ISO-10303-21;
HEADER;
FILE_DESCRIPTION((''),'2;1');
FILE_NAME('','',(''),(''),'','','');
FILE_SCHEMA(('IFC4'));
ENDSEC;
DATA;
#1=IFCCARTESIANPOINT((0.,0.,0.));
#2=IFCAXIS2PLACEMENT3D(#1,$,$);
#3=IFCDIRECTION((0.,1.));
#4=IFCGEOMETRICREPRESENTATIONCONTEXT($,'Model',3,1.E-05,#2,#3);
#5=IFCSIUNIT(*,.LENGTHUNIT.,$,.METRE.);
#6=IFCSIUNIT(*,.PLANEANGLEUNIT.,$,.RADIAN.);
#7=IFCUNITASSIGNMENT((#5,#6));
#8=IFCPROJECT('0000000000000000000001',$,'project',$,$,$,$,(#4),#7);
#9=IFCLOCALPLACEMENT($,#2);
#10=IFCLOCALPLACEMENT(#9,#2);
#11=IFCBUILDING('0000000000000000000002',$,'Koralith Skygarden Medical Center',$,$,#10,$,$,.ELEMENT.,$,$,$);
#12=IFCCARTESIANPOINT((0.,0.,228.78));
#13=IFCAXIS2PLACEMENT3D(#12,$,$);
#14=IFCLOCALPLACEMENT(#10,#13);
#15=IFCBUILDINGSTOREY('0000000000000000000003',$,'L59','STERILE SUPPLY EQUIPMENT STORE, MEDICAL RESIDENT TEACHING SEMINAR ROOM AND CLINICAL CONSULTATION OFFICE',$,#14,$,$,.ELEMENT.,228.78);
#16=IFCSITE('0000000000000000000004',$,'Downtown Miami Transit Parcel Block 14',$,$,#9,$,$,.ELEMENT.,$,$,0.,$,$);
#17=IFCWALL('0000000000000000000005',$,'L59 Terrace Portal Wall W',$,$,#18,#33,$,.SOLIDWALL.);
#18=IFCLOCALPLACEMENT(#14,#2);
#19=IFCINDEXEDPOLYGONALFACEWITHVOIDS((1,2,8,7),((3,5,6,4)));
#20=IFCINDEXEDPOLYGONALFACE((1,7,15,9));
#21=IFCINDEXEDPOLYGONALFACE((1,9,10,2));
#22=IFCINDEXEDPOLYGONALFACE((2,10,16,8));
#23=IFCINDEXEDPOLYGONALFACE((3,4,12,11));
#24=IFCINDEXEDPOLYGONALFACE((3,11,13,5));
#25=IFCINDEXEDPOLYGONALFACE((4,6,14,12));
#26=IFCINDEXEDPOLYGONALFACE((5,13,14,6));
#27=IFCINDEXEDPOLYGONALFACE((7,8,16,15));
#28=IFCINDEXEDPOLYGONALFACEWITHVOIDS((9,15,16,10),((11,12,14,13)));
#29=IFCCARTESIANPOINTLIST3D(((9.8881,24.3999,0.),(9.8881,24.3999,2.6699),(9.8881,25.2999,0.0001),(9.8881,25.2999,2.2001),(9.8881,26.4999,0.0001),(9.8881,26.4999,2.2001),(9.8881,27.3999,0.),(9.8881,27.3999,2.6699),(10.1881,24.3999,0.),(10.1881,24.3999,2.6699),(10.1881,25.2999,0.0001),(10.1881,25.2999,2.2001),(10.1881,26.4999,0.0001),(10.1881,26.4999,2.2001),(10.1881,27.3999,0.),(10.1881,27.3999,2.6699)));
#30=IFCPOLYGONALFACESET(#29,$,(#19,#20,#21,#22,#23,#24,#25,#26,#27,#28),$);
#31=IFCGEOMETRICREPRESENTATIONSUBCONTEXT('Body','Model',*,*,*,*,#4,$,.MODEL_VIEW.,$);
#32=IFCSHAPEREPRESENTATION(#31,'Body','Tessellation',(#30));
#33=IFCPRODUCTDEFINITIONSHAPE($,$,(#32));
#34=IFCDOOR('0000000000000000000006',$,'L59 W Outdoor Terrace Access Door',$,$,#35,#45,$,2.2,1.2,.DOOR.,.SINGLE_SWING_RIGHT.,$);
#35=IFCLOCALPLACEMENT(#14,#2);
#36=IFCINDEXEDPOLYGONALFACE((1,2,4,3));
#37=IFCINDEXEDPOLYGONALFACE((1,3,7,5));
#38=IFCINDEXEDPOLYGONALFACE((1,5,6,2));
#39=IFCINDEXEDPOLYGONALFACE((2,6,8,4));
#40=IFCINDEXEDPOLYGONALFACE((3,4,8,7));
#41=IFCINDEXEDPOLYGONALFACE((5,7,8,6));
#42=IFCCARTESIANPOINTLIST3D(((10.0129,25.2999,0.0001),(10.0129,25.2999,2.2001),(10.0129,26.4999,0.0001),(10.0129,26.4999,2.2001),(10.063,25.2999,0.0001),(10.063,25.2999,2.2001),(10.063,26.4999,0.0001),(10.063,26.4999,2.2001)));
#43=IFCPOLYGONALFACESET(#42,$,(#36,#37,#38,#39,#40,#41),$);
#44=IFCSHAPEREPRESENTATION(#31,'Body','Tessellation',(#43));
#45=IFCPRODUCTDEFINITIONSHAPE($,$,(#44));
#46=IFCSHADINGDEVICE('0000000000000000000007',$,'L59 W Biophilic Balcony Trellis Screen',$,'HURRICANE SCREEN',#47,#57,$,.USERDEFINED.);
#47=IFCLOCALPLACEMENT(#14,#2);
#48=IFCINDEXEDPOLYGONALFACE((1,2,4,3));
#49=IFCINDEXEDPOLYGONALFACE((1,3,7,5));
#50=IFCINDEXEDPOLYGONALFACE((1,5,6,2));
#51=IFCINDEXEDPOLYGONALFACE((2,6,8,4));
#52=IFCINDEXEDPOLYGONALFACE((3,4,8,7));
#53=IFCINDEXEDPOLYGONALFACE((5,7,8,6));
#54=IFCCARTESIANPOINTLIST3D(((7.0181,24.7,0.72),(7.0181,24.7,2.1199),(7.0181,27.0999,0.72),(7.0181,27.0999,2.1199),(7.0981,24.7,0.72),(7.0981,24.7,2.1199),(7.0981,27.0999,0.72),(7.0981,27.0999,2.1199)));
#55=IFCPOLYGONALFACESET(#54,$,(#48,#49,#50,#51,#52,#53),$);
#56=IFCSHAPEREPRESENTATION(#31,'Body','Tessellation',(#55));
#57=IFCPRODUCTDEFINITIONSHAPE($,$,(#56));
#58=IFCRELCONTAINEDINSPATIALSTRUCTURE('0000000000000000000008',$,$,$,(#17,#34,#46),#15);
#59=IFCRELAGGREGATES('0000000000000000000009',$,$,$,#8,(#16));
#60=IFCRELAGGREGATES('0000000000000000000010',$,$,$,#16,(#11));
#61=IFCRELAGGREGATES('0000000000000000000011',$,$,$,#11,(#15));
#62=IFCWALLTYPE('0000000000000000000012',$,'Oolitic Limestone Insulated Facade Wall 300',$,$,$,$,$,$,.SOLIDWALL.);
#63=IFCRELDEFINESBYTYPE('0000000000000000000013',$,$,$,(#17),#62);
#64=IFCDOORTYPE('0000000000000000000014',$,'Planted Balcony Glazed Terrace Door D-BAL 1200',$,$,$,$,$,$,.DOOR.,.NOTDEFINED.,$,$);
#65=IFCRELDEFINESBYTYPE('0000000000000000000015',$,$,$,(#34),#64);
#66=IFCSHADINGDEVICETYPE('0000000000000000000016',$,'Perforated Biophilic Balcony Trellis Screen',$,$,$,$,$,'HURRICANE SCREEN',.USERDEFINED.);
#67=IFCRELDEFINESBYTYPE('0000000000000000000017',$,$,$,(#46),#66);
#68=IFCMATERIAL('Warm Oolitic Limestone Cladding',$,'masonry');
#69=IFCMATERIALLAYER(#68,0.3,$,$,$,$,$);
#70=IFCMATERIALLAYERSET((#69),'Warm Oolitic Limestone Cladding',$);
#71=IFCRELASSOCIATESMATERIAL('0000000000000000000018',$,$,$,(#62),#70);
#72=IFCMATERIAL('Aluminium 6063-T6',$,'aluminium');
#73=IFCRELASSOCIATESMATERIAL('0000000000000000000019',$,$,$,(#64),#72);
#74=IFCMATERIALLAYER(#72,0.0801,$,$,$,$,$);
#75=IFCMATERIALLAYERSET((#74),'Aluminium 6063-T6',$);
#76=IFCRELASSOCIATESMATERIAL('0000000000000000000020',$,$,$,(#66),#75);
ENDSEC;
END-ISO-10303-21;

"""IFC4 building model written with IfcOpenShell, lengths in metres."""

from ifc_helpers import new_model, si_unit, direction, frame, frame_2d, origin, origin_2d, place, context, subcontext, project, spatial, rectangle, extrude, material, layer, layer_set, type_object, element, fill, save


model = new_model("IFC4")

# Units and contexts
model_context = context("Model", 3, precision=1e-05, world=origin(), true_north=direction((0.0, 1.0)))
body_context = subcontext(model_context, "Body", "Model", "MODEL_VIEW")
ifc_project = project(units=[si_unit("LENGTHUNIT", "METRE"), si_unit("PLANEANGLEUNIT", "RADIAN")], contexts=[model_context])

# Site, building, storey
site_placement = place(None, origin())
site = spatial("IfcSite", under=ifc_project, at=site_placement, Name="Downtown Miami Transit Parcel Block 14", CompositionType="ELEMENT", RefElevation=0.0)
building_placement = place(site_placement, origin())
building = spatial("IfcBuilding", under=site, at=building_placement, Name="Koralith Skygarden Medical Center", CompositionType="ELEMENT")
storey_placement = place(building_placement, frame((0.0, 0.0, 228.78)))
storey = spatial("IfcBuildingStorey", under=building, at=storey_placement, Name="L59", Description="STERILE SUPPLY EQUIPMENT STORE, MEDICAL RESIDENT TEACHING SEMINAR ROOM AND CLINICAL CONSULTATION OFFICE", CompositionType="ELEMENT", Elevation=228.78)

# Shared definitions
ifc_material_1 = material(Name="Aluminium 6063-T6", Category="aluminium")

# Shared definitions
ifc_material_2 = material(Name="Warm Oolitic Limestone Cladding", Category="masonry")

# Wall, opening, door
ifc_layer_1 = layer(ifc_material_2, 0.3)
ifc_layer_set_1 = layer_set([ifc_layer_1], Name="Warm Oolitic Limestone Cladding")
wall_type_1 = type_object("IfcWallType", Name="Oolitic Limestone Insulated Facade Wall 300", PredefinedType="SOLIDWALL", material=ifc_layer_set_1)
wall_1_placement = place(storey_placement, frame((10.0381, 27.3999, 0.0), z_axis=(0.0, 0.0, 1.0), x_axis=(0.0, -1.0, 0.0)))
wall_1 = element("IfcWall", 1, at=wall_1_placement, inside=storey, type_object=wall_type_1, Name="L59 Terrace Portal Wall W", PredefinedType="SOLIDWALL", context=body_context, shape_type="SweptSolid", body=[
    extrude(rectangle(XDim=3.0, YDim=0.3, at=frame_2d((1.5, 0.0))), origin(), (0.0, 0.0, 1.0), 2.6699),
])
opening_1_placement = place(wall_1_placement, frame((0.8999, 0.0, 0.0)))
opening_1 = element("IfcOpeningElement", 2, at=opening_1_placement, cuts=wall_1, PredefinedType="OPENING", context=body_context, shape_type="SweptSolid", body=[
    extrude(rectangle(XDim=1.2, YDim=2.2, at=frame_2d((0.6001, 1.1001))), frame((0.0, 0.1599, 0.0), z_axis=(0.0, -1.0, 0.0), x_axis=(1.0, 0.0, 0.0)), (0.0, 0.0, 1.0), 0.3201),
])
door_type_1 = type_object("IfcDoorType", Name="Planted Balcony Glazed Terrace Door D-BAL 1200", OperationType="NOTDEFINED", PredefinedType="DOOR", material=ifc_material_1)
door_1_placement = place(opening_1_placement, origin())
door_1 = element("IfcDoor", 3, at=door_1_placement, inside=storey, type_object=door_type_1, Name="L59 W Outdoor Terrace Access Door", OperationType="SINGLE_SWING_RIGHT", OverallHeight=2.2, OverallWidth=1.2, PredefinedType="DOOR", context=body_context, shape_type="SweptSolid", body=[
    extrude(rectangle(XDim=1.2, YDim=2.2, at=frame_2d((0.6001, 1.1001))), frame((0.0, 0.0249, 0.0), z_axis=(0.0, -1.0, 0.0), x_axis=(1.0, 0.0, 0.0)), (0.0, 0.0, 1.0), 0.05),
])
fill(opening_1, door_1)

# Shading device
ifc_layer_2 = layer(ifc_material_1, 0.0801)
ifc_layer_set_2 = layer_set([ifc_layer_2], Name="Aluminium 6063-T6")
shading_device_type = type_object("IfcShadingDeviceType", Name="Perforated Biophilic Balcony Trellis Screen", ElementType="HURRICANE SCREEN", PredefinedType="USERDEFINED", material=ifc_layer_set_2)
shading_device_placement = place(storey_placement, frame((7.0581, 25.8999, 0.72), z_axis=(0.0, 0.0, 1.0), x_axis=(0.0, 1.0, 0.0)))
element("IfcShadingDevice", 4, at=shading_device_placement, inside=storey, type_object=shading_device_type, Name="L59 W Biophilic Balcony Trellis Screen", ObjectType="HURRICANE SCREEN", PredefinedType="USERDEFINED", context=body_context, shape_type="SweptSolid", body=[
    extrude(rectangle(XDim=2.3999, YDim=0.0801, at=origin_2d()), origin(), (0.0, 0.0, 1.0), 1.3999),
])

save(model, "model.ifc")
